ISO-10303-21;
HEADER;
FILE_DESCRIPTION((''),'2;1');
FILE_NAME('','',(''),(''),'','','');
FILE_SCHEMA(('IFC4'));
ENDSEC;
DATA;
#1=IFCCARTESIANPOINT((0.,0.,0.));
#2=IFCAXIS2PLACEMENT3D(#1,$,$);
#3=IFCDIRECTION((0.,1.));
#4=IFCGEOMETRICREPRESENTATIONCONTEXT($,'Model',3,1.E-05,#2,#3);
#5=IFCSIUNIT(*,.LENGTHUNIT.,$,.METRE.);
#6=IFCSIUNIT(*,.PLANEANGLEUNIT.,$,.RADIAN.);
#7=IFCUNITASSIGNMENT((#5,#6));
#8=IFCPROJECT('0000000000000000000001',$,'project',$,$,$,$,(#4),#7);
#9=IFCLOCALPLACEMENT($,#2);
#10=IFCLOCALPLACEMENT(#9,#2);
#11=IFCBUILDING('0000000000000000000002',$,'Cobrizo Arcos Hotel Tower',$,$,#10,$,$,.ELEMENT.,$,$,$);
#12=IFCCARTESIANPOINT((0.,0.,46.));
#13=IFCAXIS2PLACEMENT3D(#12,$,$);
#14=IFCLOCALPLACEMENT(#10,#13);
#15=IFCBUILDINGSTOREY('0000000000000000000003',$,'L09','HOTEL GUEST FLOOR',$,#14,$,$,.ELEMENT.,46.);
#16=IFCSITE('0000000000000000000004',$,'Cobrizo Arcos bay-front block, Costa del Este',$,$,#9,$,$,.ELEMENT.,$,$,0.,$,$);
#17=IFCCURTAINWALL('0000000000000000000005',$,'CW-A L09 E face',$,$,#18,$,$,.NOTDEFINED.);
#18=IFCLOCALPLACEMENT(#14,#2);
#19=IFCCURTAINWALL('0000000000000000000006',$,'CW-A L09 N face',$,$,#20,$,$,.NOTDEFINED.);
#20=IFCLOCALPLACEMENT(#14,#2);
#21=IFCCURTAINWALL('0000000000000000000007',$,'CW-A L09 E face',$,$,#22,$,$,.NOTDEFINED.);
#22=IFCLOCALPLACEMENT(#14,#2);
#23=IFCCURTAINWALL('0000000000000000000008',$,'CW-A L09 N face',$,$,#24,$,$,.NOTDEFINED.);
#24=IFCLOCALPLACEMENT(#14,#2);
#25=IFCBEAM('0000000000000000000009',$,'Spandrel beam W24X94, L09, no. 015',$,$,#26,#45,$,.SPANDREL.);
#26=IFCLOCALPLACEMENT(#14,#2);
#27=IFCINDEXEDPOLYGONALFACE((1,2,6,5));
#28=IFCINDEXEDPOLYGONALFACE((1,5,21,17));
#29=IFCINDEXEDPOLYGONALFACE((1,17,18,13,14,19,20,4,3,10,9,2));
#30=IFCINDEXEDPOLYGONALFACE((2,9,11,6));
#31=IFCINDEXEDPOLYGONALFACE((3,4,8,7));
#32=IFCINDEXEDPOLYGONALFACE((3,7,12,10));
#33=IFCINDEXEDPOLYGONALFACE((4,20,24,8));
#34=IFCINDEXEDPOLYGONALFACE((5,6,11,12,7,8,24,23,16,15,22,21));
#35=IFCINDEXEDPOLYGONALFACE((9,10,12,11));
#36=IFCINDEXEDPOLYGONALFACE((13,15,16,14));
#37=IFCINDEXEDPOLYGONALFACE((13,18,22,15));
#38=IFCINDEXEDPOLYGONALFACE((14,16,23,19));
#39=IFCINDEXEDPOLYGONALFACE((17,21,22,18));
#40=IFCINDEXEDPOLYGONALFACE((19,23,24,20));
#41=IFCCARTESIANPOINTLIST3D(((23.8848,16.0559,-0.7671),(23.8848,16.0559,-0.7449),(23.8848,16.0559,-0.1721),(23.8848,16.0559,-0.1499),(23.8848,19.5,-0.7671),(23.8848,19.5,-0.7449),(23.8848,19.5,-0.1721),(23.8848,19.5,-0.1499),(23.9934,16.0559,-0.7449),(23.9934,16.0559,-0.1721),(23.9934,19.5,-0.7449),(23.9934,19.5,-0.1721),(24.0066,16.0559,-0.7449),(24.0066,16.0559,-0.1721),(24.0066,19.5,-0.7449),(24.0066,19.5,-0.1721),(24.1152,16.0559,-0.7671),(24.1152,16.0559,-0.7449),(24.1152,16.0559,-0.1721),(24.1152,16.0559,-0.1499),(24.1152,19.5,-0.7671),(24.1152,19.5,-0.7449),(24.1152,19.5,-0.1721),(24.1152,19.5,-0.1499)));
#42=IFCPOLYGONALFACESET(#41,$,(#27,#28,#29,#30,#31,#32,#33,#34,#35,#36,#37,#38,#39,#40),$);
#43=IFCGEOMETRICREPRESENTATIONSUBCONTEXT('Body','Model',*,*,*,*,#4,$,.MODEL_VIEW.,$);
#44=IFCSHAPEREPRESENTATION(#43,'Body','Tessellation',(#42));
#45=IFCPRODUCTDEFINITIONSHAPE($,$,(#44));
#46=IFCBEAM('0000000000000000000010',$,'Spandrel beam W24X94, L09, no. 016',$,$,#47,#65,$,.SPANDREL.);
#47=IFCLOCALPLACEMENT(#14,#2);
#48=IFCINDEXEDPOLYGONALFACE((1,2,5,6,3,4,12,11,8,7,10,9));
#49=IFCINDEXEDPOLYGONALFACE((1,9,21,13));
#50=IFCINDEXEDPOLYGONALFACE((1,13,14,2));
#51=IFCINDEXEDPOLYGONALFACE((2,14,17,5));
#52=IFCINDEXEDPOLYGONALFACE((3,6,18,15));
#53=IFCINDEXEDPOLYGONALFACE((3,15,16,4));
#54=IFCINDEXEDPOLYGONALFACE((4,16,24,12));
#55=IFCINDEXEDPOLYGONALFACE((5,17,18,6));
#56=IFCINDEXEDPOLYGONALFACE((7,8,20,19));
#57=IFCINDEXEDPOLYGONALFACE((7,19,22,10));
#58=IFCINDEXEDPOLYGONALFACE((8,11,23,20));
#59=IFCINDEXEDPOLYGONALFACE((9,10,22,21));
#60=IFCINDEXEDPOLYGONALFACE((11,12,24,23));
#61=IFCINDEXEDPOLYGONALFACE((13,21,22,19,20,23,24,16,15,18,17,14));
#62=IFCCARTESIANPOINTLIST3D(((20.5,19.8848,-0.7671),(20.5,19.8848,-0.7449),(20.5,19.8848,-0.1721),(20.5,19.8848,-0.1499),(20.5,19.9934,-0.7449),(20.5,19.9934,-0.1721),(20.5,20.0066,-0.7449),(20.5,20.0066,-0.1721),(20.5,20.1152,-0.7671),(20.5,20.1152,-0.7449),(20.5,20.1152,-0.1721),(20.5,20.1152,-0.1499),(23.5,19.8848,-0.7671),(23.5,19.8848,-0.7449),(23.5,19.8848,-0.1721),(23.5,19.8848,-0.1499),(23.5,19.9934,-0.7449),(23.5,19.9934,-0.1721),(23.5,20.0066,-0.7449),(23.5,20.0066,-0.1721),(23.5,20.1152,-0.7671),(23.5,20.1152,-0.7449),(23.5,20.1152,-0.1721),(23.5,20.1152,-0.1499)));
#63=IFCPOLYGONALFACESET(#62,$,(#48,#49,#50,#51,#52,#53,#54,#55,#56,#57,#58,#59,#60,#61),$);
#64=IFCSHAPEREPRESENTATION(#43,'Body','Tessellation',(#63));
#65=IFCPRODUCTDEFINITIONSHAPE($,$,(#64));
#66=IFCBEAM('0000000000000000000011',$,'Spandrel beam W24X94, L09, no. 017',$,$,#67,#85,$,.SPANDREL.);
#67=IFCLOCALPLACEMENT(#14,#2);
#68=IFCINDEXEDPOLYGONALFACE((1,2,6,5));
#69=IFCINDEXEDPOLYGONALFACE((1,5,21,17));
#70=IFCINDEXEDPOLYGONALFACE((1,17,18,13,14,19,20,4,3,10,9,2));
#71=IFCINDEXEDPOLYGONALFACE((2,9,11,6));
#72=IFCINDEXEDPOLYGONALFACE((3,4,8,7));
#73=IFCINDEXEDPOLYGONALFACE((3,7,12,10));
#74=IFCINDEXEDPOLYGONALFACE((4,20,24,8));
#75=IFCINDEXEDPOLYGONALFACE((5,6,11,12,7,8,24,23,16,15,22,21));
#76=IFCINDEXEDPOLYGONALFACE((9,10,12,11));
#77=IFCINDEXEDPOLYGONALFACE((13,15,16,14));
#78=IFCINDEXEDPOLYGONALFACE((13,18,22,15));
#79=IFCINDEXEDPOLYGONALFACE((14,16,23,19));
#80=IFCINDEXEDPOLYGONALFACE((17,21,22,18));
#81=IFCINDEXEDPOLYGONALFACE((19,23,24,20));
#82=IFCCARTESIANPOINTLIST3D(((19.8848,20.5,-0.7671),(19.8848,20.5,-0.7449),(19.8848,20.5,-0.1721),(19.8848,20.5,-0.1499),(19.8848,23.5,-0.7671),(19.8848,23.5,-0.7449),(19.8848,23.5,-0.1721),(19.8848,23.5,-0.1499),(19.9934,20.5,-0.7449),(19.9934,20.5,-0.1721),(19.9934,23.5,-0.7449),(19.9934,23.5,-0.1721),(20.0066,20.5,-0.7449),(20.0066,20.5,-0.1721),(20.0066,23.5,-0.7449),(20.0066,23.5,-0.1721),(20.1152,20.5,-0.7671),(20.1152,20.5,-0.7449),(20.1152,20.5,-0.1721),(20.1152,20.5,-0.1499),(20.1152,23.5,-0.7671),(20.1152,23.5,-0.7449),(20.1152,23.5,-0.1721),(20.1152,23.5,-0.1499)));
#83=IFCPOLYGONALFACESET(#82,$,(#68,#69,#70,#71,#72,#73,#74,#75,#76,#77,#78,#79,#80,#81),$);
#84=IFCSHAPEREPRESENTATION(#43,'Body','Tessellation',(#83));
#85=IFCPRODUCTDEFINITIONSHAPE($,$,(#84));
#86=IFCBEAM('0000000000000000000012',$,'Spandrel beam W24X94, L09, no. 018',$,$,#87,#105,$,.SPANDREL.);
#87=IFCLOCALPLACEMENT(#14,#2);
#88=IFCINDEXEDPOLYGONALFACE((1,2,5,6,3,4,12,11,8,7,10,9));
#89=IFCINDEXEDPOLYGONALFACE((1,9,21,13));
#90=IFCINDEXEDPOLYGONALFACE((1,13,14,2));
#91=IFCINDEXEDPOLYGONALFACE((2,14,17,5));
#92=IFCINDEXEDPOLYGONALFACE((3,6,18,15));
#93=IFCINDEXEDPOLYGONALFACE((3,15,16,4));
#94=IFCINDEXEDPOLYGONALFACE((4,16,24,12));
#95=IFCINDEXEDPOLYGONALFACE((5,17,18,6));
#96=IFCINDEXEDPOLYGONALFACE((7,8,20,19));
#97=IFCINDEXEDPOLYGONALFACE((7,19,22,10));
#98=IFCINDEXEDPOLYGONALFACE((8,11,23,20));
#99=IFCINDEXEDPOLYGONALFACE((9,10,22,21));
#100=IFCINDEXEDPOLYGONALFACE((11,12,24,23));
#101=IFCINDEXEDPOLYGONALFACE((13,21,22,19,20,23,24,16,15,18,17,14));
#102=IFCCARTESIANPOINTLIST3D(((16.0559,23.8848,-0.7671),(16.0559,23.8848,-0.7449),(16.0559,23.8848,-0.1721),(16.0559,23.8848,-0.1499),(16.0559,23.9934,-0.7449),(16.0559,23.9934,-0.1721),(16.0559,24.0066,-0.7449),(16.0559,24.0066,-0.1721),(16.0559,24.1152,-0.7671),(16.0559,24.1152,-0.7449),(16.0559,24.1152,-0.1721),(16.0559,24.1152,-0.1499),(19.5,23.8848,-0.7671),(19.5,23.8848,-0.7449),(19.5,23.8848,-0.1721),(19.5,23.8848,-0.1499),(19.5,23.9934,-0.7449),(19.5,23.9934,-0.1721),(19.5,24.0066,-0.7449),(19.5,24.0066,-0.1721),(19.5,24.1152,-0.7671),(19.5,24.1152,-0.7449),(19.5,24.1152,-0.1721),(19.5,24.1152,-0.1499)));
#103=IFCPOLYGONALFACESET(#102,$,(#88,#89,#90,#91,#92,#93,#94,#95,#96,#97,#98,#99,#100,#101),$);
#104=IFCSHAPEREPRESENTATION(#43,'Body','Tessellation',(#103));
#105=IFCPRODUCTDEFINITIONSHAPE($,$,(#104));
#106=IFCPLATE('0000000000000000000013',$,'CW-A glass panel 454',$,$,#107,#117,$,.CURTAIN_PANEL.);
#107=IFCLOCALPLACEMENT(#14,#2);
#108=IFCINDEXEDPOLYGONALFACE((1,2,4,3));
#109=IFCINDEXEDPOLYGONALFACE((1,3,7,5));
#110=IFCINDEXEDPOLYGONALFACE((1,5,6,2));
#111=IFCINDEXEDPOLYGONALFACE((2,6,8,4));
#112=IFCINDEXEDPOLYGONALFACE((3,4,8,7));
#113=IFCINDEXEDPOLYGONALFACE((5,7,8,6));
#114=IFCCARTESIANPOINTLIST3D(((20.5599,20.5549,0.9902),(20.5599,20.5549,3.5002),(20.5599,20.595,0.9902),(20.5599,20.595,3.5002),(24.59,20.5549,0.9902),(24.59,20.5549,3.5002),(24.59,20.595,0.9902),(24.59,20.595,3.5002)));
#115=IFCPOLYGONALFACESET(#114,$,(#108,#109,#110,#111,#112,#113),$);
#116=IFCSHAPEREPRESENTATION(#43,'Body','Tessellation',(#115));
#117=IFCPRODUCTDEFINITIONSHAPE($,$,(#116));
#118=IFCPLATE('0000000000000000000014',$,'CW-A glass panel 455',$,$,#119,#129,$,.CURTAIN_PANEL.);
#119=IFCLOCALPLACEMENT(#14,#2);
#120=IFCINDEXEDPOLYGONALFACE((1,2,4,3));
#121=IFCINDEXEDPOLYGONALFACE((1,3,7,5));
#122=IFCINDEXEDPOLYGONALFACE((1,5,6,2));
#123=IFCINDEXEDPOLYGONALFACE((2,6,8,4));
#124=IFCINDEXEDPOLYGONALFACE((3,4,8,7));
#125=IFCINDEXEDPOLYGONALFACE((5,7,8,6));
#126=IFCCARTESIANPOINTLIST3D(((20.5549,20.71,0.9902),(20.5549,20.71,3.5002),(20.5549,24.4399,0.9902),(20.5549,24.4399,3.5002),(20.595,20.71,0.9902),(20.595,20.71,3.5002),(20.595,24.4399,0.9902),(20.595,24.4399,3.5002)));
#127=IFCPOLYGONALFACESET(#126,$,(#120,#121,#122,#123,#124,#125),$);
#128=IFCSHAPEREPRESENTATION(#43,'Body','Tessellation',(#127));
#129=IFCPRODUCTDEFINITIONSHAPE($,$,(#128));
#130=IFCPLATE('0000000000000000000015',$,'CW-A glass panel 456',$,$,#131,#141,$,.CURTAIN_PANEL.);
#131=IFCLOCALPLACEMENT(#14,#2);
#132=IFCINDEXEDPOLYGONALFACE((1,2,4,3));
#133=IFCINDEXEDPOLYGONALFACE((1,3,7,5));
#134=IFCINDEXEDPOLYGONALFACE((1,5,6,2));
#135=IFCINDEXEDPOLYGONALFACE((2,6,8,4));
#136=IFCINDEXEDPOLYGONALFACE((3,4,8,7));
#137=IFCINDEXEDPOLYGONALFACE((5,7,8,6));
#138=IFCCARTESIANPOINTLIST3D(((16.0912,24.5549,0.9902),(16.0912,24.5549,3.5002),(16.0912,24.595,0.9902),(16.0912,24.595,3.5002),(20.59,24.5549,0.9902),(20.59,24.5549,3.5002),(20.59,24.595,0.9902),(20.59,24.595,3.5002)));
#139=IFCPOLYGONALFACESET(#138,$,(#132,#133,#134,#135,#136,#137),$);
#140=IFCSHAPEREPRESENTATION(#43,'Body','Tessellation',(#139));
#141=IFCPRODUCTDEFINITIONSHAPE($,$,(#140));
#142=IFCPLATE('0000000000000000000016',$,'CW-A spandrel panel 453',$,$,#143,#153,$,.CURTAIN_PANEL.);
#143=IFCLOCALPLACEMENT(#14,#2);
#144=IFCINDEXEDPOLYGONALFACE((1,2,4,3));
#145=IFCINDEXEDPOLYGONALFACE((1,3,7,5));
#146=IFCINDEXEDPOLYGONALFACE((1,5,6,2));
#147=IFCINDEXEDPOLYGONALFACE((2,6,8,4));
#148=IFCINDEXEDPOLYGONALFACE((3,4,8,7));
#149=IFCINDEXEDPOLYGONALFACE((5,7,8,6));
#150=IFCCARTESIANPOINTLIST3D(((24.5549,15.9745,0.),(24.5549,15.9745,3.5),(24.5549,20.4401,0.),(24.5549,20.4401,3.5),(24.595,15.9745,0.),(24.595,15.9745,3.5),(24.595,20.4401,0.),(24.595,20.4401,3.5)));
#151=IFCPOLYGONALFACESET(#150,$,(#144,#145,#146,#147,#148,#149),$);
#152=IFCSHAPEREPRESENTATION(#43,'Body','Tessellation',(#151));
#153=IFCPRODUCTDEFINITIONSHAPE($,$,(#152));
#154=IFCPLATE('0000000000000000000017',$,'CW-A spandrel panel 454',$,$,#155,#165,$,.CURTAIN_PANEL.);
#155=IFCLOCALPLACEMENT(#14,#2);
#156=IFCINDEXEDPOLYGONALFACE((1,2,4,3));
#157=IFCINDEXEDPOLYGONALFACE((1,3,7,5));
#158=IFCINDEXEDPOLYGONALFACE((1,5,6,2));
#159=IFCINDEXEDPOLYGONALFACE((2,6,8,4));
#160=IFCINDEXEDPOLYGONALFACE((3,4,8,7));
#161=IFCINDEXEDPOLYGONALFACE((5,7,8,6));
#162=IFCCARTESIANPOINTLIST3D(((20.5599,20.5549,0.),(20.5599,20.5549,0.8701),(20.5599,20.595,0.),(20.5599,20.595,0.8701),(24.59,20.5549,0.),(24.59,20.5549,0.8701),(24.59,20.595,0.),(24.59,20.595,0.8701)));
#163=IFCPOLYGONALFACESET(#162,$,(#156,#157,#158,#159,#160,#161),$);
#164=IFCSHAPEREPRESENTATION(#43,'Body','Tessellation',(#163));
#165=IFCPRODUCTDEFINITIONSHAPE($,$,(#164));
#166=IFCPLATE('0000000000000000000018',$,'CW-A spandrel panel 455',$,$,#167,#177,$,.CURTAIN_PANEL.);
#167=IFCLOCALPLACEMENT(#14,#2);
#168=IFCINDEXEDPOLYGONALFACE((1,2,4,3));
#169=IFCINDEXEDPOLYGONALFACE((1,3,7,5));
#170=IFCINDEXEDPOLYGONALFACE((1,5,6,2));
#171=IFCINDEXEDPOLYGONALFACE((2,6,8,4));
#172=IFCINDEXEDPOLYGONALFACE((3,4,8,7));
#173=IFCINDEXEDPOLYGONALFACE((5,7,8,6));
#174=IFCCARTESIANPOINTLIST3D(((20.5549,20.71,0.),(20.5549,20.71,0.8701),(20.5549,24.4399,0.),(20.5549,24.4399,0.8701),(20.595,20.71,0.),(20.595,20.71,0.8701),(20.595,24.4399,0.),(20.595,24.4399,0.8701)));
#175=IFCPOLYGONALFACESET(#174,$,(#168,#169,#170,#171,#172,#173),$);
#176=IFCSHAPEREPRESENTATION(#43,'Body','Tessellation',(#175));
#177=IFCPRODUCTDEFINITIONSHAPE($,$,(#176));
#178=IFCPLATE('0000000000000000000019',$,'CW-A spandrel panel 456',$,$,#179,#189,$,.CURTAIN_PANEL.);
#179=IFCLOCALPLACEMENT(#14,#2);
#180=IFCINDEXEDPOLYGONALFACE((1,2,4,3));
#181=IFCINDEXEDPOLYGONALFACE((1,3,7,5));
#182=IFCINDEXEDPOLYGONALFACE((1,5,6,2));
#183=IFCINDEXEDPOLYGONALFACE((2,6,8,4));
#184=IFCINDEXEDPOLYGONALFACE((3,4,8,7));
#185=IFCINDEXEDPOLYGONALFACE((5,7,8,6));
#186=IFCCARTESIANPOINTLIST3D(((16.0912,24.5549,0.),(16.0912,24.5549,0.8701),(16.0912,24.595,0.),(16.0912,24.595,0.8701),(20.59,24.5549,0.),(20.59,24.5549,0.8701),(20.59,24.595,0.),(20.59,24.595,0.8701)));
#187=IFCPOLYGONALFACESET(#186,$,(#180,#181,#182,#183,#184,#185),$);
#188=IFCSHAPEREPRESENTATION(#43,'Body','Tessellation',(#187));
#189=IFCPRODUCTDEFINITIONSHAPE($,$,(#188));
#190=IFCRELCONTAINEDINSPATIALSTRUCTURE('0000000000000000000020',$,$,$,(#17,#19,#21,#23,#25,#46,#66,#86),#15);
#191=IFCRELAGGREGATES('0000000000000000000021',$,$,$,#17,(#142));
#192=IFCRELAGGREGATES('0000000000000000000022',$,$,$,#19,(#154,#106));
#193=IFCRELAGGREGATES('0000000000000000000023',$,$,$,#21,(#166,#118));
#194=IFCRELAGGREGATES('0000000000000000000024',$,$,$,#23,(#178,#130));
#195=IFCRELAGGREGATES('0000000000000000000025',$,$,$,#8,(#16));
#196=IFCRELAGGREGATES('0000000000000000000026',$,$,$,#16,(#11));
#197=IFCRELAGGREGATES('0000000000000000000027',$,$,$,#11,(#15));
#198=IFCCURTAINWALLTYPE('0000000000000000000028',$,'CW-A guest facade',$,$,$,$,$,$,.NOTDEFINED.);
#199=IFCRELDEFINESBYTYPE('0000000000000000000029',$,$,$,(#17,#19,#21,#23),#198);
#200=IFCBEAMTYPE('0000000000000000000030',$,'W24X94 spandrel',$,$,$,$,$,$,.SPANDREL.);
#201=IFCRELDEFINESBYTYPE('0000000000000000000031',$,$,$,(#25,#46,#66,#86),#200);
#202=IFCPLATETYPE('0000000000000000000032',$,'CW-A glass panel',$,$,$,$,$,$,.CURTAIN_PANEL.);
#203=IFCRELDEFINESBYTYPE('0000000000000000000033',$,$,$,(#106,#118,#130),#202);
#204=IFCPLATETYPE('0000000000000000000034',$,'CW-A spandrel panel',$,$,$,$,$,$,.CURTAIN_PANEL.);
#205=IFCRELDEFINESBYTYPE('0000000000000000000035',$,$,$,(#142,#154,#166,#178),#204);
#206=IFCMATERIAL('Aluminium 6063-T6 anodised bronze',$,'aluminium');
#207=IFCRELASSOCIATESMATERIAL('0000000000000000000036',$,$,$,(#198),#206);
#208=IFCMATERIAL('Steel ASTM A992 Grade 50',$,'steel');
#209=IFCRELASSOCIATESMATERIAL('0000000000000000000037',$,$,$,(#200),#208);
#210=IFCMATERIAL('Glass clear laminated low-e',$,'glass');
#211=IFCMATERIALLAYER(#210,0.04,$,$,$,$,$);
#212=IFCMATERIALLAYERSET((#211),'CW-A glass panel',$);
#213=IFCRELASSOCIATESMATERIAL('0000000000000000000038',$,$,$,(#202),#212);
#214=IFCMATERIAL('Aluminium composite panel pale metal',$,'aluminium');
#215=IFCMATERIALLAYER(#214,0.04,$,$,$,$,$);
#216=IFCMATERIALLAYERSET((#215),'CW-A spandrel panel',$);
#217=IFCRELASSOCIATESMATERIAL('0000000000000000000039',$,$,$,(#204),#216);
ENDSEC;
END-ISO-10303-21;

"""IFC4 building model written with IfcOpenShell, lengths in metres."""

from ifc_helpers import new_model, si_unit, direction, frame, origin, origin_2d, place, context, subcontext, project, spatial, rectangle, i_section, extrude, material, layer, layer_set, material_profile, profile_set, type_object, element, aggregate, save


model = new_model("IFC4")

# Units and contexts
model_context = context("Model", 3, precision=1e-05, world=origin(), true_north=direction((0.0, 1.0)))
body_context = subcontext(model_context, "Body", "Model", "MODEL_VIEW")
ifc_project = project(units=[si_unit("LENGTHUNIT", "METRE"), si_unit("PLANEANGLEUNIT", "RADIAN")], contexts=[model_context])

# Site, building, storey
site_placement = place(None, origin())
site = spatial("IfcSite", under=ifc_project, at=site_placement, Name="Cobrizo Arcos bay-front block, Costa del Este", CompositionType="ELEMENT", RefElevation=0.0)
building_placement = place(site_placement, origin())
building = spatial("IfcBuilding", under=site, at=building_placement, Name="Cobrizo Arcos Hotel Tower", CompositionType="ELEMENT")
storey_placement = place(building_placement, frame((0.0, 0.0, 46.0)))
storey = spatial("IfcBuildingStorey", under=building, at=storey_placement, Name="L09", Description="HOTEL GUEST FLOOR", CompositionType="ELEMENT", Elevation=46.0)

# Curtain walls
ifc_material_1 = material(Name="Aluminium 6063-T6 anodised bronze", Category="aluminium")
curtain_wall_type = type_object("IfcCurtainWallType", Name="CW-A guest facade", PredefinedType="NOTDEFINED", material=ifc_material_1)
curtain_wall_1_placement = place(storey_placement, origin())
curtain_wall_1 = element("IfcCurtainWall", 1, at=curtain_wall_1_placement, inside=storey, type_object=curtain_wall_type, Name="CW-A L09 E face", PredefinedType="NOTDEFINED")
curtain_wall_2_placement = place(storey_placement, origin())
curtain_wall_2 = element("IfcCurtainWall", 2, at=curtain_wall_2_placement, inside=storey, type_object=curtain_wall_type, Name="CW-A L09 N face", PredefinedType="NOTDEFINED")
curtain_wall_3_placement = place(storey_placement, origin())
curtain_wall_3 = element("IfcCurtainWall", 3, at=curtain_wall_3_placement, inside=storey, type_object=curtain_wall_type, Name="CW-A L09 E face", PredefinedType="NOTDEFINED")
curtain_wall_4_placement = place(storey_placement, origin())
curtain_wall_4 = element("IfcCurtainWall", 4, at=curtain_wall_4_placement, inside=storey, type_object=curtain_wall_type, Name="CW-A L09 N face", PredefinedType="NOTDEFINED")

# Beams
ifc_material_2 = material(Name="Steel ASTM A992 Grade 50", Category="steel")
ifc_material_profile_1 = material_profile(ifc_material_2, i_section(OverallWidth=0.2305, OverallDepth=0.6172, WebThickness=0.0132, FlangeThickness=0.0222, at=origin_2d()), Name="W24X94")
ifc_profile_set_1 = profile_set([ifc_material_profile_1], Name="Steel ASTM A992 Grade 50")
beam_type = type_object("IfcBeamType", Name="W24X94 spandrel", PredefinedType="SPANDREL", material=ifc_profile_set_1)
beam_1_placement = place(storey_placement, frame((24.0, 16.0559, -0.4585), z_axis=(0.0, 1.0, 0.0), x_axis=(-1.0, 0.0, 0.0)))
element("IfcBeam", 5, at=beam_1_placement, inside=storey, type_object=beam_type, Name="Spandrel beam W24X94, L09, no. 015", PredefinedType="SPANDREL", context=body_context, shape_type="SweptSolid", body=[
    extrude(i_section(OverallWidth=0.2305, OverallDepth=0.6172, WebThickness=0.0132, FlangeThickness=0.0222, at=origin_2d()), origin(), (0.0, 0.0, 1.0), 3.4441),
])
for number, where, z_axis, x_axis, name in (
    (6, (23.5, 20.0, -0.4585), (-1.0, 0.0, 0.0), (0.0, -1.0, 0.0), "Spandrel beam W24X94, L09, no. 016"),
    (7, (20.0, 20.5, -0.4585), (0.0, 1.0, 0.0), (-1.0, 0.0, 0.0), "Spandrel beam W24X94, L09, no. 017"),
):
    element("IfcBeam", number, at=place(storey_placement, frame(where, z_axis=z_axis, x_axis=x_axis)), inside=storey, type_object=beam_type, Name=name, PredefinedType="SPANDREL", context=body_context, shape_type="SweptSolid", body=[
        extrude(i_section(OverallWidth=0.2305, OverallDepth=0.6172, WebThickness=0.0132, FlangeThickness=0.0222, at=origin_2d()), origin(), (0.0, 0.0, 1.0), 3.0),
    ])
beam_2_placement = place(storey_placement, frame((19.5, 24.0, -0.4585), z_axis=(-1.0, 0.0, 0.0), x_axis=(0.0, -1.0, 0.0)))
element("IfcBeam", 8, at=beam_2_placement, inside=storey, type_object=beam_type, Name="Spandrel beam W24X94, L09, no. 018", PredefinedType="SPANDREL", context=body_context, shape_type="SweptSolid", body=[
    extrude(i_section(OverallWidth=0.2305, OverallDepth=0.6172, WebThickness=0.0132, FlangeThickness=0.0222, at=origin_2d()), origin(), (0.0, 0.0, 1.0), 3.4441),
])

# Plates
ifc_material_3 = material(Name="Glass clear laminated low-e", Category="glass")
ifc_layer_1 = layer(ifc_material_3, 0.04)
ifc_layer_set_1 = layer_set([ifc_layer_1], Name="CW-A glass panel")
plate_type_1 = type_object("IfcPlateType", Name="CW-A glass panel", PredefinedType="CURTAIN_PANEL", material=ifc_layer_set_1)
plate_1_placement = place(storey_placement, frame((22.575, 20.575, 0.9902), z_axis=(0.0, 0.0, 1.0), x_axis=(-1.0, 0.0, 0.0)))
plate_1 = element("IfcPlate", 9, at=plate_1_placement, type_object=plate_type_1, Name="CW-A glass panel 454", PredefinedType="CURTAIN_PANEL", context=body_context, shape_type="SweptSolid", body=[
    extrude(rectangle(XDim=4.03, YDim=0.04, at=origin_2d()), origin(), (0.0, 0.0, 1.0), 2.51),
])
plate_2_placement = place(storey_placement, frame((20.575, 22.575, 0.9902), z_axis=(0.0, 0.0, 1.0), x_axis=(0.0, 1.0, 0.0)))
plate_2 = element("IfcPlate", 10, at=plate_2_placement, type_object=plate_type_1, Name="CW-A glass panel 455", PredefinedType="CURTAIN_PANEL", context=body_context, shape_type="SweptSolid", body=[
    extrude(rectangle(XDim=3.73, YDim=0.04, at=origin_2d()), origin(), (0.0, 0.0, 1.0), 2.51),
])
plate_3_placement = place(storey_placement, frame((18.3406, 24.575, 0.9902), z_axis=(0.0, 0.0, 1.0), x_axis=(-1.0, 0.0, 0.0)))
plate_3 = element("IfcPlate", 11, at=plate_3_placement, type_object=plate_type_1, Name="CW-A glass panel 456", PredefinedType="CURTAIN_PANEL", context=body_context, shape_type="SweptSolid", body=[
    extrude(rectangle(XDim=4.4988, YDim=0.04, at=origin_2d()), origin(), (0.0, 0.0, 1.0), 2.51),
])
ifc_material_4 = material(Name="Aluminium composite panel pale metal", Category="aluminium")
ifc_layer_2 = layer(ifc_material_4, 0.04)
ifc_layer_set_2 = layer_set([ifc_layer_2], Name="CW-A spandrel panel")
plate_type_2 = type_object("IfcPlateType", Name="CW-A spandrel panel", PredefinedType="CURTAIN_PANEL", material=ifc_layer_set_2)
plate_4_placement = place(storey_placement, frame((24.575, 18.2073, 0.0), z_axis=(0.0, 0.0, 1.0), x_axis=(0.0, 1.0, 0.0)))
plate_4 = element("IfcPlate", 12, at=plate_4_placement, type_object=plate_type_2, Name="CW-A spandrel panel 453", PredefinedType="CURTAIN_PANEL", context=body_context, shape_type="SweptSolid", body=[
    extrude(rectangle(XDim=4.4656, YDim=0.04, at=origin_2d()), origin(), (0.0, 0.0, 1.0), 3.5),
])
aggregate(curtain_wall_1, [plate_4])
plate_5_placement = place(storey_placement, frame((22.575, 20.575, 0.0), z_axis=(0.0, 0.0, 1.0), x_axis=(-1.0, 0.0, 0.0)))
plate_5 = element("IfcPlate", 13, at=plate_5_placement, type_object=plate_type_2, Name="CW-A spandrel panel 454", PredefinedType="CURTAIN_PANEL", context=body_context, shape_type="SweptSolid", body=[
    extrude(rectangle(XDim=4.03, YDim=0.04, at=origin_2d()), origin(), (0.0, 0.0, 1.0), 0.8701),
])
aggregate(curtain_wall_2, [plate_5, plate_1])
plate_6_placement = place(storey_placement, frame((20.575, 22.575, 0.0), z_axis=(0.0, 0.0, 1.0), x_axis=(0.0, 1.0, 0.0)))
plate_6 = element("IfcPlate", 14, at=plate_6_placement, type_object=plate_type_2, Name="CW-A spandrel panel 455", PredefinedType="CURTAIN_PANEL", context=body_context, shape_type="SweptSolid", body=[
    extrude(rectangle(XDim=3.73, YDim=0.04, at=origin_2d()), origin(), (0.0, 0.0, 1.0), 0.8701),
])
aggregate(curtain_wall_3, [plate_6, plate_2])
plate_7_placement = place(storey_placement, frame((18.3406, 24.575, 0.0), z_axis=(0.0, 0.0, 1.0), x_axis=(-1.0, 0.0, 0.0)))
plate_7 = element("IfcPlate", 15, at=plate_7_placement, type_object=plate_type_2, Name="CW-A spandrel panel 456", PredefinedType="CURTAIN_PANEL", context=body_context, shape_type="SweptSolid", body=[
    extrude(rectangle(XDim=4.4988, YDim=0.04, at=origin_2d()), origin(), (0.0, 0.0, 1.0), 0.8701),
])
aggregate(curtain_wall_4, [plate_7, plate_3])

save(model, "model.ifc")
